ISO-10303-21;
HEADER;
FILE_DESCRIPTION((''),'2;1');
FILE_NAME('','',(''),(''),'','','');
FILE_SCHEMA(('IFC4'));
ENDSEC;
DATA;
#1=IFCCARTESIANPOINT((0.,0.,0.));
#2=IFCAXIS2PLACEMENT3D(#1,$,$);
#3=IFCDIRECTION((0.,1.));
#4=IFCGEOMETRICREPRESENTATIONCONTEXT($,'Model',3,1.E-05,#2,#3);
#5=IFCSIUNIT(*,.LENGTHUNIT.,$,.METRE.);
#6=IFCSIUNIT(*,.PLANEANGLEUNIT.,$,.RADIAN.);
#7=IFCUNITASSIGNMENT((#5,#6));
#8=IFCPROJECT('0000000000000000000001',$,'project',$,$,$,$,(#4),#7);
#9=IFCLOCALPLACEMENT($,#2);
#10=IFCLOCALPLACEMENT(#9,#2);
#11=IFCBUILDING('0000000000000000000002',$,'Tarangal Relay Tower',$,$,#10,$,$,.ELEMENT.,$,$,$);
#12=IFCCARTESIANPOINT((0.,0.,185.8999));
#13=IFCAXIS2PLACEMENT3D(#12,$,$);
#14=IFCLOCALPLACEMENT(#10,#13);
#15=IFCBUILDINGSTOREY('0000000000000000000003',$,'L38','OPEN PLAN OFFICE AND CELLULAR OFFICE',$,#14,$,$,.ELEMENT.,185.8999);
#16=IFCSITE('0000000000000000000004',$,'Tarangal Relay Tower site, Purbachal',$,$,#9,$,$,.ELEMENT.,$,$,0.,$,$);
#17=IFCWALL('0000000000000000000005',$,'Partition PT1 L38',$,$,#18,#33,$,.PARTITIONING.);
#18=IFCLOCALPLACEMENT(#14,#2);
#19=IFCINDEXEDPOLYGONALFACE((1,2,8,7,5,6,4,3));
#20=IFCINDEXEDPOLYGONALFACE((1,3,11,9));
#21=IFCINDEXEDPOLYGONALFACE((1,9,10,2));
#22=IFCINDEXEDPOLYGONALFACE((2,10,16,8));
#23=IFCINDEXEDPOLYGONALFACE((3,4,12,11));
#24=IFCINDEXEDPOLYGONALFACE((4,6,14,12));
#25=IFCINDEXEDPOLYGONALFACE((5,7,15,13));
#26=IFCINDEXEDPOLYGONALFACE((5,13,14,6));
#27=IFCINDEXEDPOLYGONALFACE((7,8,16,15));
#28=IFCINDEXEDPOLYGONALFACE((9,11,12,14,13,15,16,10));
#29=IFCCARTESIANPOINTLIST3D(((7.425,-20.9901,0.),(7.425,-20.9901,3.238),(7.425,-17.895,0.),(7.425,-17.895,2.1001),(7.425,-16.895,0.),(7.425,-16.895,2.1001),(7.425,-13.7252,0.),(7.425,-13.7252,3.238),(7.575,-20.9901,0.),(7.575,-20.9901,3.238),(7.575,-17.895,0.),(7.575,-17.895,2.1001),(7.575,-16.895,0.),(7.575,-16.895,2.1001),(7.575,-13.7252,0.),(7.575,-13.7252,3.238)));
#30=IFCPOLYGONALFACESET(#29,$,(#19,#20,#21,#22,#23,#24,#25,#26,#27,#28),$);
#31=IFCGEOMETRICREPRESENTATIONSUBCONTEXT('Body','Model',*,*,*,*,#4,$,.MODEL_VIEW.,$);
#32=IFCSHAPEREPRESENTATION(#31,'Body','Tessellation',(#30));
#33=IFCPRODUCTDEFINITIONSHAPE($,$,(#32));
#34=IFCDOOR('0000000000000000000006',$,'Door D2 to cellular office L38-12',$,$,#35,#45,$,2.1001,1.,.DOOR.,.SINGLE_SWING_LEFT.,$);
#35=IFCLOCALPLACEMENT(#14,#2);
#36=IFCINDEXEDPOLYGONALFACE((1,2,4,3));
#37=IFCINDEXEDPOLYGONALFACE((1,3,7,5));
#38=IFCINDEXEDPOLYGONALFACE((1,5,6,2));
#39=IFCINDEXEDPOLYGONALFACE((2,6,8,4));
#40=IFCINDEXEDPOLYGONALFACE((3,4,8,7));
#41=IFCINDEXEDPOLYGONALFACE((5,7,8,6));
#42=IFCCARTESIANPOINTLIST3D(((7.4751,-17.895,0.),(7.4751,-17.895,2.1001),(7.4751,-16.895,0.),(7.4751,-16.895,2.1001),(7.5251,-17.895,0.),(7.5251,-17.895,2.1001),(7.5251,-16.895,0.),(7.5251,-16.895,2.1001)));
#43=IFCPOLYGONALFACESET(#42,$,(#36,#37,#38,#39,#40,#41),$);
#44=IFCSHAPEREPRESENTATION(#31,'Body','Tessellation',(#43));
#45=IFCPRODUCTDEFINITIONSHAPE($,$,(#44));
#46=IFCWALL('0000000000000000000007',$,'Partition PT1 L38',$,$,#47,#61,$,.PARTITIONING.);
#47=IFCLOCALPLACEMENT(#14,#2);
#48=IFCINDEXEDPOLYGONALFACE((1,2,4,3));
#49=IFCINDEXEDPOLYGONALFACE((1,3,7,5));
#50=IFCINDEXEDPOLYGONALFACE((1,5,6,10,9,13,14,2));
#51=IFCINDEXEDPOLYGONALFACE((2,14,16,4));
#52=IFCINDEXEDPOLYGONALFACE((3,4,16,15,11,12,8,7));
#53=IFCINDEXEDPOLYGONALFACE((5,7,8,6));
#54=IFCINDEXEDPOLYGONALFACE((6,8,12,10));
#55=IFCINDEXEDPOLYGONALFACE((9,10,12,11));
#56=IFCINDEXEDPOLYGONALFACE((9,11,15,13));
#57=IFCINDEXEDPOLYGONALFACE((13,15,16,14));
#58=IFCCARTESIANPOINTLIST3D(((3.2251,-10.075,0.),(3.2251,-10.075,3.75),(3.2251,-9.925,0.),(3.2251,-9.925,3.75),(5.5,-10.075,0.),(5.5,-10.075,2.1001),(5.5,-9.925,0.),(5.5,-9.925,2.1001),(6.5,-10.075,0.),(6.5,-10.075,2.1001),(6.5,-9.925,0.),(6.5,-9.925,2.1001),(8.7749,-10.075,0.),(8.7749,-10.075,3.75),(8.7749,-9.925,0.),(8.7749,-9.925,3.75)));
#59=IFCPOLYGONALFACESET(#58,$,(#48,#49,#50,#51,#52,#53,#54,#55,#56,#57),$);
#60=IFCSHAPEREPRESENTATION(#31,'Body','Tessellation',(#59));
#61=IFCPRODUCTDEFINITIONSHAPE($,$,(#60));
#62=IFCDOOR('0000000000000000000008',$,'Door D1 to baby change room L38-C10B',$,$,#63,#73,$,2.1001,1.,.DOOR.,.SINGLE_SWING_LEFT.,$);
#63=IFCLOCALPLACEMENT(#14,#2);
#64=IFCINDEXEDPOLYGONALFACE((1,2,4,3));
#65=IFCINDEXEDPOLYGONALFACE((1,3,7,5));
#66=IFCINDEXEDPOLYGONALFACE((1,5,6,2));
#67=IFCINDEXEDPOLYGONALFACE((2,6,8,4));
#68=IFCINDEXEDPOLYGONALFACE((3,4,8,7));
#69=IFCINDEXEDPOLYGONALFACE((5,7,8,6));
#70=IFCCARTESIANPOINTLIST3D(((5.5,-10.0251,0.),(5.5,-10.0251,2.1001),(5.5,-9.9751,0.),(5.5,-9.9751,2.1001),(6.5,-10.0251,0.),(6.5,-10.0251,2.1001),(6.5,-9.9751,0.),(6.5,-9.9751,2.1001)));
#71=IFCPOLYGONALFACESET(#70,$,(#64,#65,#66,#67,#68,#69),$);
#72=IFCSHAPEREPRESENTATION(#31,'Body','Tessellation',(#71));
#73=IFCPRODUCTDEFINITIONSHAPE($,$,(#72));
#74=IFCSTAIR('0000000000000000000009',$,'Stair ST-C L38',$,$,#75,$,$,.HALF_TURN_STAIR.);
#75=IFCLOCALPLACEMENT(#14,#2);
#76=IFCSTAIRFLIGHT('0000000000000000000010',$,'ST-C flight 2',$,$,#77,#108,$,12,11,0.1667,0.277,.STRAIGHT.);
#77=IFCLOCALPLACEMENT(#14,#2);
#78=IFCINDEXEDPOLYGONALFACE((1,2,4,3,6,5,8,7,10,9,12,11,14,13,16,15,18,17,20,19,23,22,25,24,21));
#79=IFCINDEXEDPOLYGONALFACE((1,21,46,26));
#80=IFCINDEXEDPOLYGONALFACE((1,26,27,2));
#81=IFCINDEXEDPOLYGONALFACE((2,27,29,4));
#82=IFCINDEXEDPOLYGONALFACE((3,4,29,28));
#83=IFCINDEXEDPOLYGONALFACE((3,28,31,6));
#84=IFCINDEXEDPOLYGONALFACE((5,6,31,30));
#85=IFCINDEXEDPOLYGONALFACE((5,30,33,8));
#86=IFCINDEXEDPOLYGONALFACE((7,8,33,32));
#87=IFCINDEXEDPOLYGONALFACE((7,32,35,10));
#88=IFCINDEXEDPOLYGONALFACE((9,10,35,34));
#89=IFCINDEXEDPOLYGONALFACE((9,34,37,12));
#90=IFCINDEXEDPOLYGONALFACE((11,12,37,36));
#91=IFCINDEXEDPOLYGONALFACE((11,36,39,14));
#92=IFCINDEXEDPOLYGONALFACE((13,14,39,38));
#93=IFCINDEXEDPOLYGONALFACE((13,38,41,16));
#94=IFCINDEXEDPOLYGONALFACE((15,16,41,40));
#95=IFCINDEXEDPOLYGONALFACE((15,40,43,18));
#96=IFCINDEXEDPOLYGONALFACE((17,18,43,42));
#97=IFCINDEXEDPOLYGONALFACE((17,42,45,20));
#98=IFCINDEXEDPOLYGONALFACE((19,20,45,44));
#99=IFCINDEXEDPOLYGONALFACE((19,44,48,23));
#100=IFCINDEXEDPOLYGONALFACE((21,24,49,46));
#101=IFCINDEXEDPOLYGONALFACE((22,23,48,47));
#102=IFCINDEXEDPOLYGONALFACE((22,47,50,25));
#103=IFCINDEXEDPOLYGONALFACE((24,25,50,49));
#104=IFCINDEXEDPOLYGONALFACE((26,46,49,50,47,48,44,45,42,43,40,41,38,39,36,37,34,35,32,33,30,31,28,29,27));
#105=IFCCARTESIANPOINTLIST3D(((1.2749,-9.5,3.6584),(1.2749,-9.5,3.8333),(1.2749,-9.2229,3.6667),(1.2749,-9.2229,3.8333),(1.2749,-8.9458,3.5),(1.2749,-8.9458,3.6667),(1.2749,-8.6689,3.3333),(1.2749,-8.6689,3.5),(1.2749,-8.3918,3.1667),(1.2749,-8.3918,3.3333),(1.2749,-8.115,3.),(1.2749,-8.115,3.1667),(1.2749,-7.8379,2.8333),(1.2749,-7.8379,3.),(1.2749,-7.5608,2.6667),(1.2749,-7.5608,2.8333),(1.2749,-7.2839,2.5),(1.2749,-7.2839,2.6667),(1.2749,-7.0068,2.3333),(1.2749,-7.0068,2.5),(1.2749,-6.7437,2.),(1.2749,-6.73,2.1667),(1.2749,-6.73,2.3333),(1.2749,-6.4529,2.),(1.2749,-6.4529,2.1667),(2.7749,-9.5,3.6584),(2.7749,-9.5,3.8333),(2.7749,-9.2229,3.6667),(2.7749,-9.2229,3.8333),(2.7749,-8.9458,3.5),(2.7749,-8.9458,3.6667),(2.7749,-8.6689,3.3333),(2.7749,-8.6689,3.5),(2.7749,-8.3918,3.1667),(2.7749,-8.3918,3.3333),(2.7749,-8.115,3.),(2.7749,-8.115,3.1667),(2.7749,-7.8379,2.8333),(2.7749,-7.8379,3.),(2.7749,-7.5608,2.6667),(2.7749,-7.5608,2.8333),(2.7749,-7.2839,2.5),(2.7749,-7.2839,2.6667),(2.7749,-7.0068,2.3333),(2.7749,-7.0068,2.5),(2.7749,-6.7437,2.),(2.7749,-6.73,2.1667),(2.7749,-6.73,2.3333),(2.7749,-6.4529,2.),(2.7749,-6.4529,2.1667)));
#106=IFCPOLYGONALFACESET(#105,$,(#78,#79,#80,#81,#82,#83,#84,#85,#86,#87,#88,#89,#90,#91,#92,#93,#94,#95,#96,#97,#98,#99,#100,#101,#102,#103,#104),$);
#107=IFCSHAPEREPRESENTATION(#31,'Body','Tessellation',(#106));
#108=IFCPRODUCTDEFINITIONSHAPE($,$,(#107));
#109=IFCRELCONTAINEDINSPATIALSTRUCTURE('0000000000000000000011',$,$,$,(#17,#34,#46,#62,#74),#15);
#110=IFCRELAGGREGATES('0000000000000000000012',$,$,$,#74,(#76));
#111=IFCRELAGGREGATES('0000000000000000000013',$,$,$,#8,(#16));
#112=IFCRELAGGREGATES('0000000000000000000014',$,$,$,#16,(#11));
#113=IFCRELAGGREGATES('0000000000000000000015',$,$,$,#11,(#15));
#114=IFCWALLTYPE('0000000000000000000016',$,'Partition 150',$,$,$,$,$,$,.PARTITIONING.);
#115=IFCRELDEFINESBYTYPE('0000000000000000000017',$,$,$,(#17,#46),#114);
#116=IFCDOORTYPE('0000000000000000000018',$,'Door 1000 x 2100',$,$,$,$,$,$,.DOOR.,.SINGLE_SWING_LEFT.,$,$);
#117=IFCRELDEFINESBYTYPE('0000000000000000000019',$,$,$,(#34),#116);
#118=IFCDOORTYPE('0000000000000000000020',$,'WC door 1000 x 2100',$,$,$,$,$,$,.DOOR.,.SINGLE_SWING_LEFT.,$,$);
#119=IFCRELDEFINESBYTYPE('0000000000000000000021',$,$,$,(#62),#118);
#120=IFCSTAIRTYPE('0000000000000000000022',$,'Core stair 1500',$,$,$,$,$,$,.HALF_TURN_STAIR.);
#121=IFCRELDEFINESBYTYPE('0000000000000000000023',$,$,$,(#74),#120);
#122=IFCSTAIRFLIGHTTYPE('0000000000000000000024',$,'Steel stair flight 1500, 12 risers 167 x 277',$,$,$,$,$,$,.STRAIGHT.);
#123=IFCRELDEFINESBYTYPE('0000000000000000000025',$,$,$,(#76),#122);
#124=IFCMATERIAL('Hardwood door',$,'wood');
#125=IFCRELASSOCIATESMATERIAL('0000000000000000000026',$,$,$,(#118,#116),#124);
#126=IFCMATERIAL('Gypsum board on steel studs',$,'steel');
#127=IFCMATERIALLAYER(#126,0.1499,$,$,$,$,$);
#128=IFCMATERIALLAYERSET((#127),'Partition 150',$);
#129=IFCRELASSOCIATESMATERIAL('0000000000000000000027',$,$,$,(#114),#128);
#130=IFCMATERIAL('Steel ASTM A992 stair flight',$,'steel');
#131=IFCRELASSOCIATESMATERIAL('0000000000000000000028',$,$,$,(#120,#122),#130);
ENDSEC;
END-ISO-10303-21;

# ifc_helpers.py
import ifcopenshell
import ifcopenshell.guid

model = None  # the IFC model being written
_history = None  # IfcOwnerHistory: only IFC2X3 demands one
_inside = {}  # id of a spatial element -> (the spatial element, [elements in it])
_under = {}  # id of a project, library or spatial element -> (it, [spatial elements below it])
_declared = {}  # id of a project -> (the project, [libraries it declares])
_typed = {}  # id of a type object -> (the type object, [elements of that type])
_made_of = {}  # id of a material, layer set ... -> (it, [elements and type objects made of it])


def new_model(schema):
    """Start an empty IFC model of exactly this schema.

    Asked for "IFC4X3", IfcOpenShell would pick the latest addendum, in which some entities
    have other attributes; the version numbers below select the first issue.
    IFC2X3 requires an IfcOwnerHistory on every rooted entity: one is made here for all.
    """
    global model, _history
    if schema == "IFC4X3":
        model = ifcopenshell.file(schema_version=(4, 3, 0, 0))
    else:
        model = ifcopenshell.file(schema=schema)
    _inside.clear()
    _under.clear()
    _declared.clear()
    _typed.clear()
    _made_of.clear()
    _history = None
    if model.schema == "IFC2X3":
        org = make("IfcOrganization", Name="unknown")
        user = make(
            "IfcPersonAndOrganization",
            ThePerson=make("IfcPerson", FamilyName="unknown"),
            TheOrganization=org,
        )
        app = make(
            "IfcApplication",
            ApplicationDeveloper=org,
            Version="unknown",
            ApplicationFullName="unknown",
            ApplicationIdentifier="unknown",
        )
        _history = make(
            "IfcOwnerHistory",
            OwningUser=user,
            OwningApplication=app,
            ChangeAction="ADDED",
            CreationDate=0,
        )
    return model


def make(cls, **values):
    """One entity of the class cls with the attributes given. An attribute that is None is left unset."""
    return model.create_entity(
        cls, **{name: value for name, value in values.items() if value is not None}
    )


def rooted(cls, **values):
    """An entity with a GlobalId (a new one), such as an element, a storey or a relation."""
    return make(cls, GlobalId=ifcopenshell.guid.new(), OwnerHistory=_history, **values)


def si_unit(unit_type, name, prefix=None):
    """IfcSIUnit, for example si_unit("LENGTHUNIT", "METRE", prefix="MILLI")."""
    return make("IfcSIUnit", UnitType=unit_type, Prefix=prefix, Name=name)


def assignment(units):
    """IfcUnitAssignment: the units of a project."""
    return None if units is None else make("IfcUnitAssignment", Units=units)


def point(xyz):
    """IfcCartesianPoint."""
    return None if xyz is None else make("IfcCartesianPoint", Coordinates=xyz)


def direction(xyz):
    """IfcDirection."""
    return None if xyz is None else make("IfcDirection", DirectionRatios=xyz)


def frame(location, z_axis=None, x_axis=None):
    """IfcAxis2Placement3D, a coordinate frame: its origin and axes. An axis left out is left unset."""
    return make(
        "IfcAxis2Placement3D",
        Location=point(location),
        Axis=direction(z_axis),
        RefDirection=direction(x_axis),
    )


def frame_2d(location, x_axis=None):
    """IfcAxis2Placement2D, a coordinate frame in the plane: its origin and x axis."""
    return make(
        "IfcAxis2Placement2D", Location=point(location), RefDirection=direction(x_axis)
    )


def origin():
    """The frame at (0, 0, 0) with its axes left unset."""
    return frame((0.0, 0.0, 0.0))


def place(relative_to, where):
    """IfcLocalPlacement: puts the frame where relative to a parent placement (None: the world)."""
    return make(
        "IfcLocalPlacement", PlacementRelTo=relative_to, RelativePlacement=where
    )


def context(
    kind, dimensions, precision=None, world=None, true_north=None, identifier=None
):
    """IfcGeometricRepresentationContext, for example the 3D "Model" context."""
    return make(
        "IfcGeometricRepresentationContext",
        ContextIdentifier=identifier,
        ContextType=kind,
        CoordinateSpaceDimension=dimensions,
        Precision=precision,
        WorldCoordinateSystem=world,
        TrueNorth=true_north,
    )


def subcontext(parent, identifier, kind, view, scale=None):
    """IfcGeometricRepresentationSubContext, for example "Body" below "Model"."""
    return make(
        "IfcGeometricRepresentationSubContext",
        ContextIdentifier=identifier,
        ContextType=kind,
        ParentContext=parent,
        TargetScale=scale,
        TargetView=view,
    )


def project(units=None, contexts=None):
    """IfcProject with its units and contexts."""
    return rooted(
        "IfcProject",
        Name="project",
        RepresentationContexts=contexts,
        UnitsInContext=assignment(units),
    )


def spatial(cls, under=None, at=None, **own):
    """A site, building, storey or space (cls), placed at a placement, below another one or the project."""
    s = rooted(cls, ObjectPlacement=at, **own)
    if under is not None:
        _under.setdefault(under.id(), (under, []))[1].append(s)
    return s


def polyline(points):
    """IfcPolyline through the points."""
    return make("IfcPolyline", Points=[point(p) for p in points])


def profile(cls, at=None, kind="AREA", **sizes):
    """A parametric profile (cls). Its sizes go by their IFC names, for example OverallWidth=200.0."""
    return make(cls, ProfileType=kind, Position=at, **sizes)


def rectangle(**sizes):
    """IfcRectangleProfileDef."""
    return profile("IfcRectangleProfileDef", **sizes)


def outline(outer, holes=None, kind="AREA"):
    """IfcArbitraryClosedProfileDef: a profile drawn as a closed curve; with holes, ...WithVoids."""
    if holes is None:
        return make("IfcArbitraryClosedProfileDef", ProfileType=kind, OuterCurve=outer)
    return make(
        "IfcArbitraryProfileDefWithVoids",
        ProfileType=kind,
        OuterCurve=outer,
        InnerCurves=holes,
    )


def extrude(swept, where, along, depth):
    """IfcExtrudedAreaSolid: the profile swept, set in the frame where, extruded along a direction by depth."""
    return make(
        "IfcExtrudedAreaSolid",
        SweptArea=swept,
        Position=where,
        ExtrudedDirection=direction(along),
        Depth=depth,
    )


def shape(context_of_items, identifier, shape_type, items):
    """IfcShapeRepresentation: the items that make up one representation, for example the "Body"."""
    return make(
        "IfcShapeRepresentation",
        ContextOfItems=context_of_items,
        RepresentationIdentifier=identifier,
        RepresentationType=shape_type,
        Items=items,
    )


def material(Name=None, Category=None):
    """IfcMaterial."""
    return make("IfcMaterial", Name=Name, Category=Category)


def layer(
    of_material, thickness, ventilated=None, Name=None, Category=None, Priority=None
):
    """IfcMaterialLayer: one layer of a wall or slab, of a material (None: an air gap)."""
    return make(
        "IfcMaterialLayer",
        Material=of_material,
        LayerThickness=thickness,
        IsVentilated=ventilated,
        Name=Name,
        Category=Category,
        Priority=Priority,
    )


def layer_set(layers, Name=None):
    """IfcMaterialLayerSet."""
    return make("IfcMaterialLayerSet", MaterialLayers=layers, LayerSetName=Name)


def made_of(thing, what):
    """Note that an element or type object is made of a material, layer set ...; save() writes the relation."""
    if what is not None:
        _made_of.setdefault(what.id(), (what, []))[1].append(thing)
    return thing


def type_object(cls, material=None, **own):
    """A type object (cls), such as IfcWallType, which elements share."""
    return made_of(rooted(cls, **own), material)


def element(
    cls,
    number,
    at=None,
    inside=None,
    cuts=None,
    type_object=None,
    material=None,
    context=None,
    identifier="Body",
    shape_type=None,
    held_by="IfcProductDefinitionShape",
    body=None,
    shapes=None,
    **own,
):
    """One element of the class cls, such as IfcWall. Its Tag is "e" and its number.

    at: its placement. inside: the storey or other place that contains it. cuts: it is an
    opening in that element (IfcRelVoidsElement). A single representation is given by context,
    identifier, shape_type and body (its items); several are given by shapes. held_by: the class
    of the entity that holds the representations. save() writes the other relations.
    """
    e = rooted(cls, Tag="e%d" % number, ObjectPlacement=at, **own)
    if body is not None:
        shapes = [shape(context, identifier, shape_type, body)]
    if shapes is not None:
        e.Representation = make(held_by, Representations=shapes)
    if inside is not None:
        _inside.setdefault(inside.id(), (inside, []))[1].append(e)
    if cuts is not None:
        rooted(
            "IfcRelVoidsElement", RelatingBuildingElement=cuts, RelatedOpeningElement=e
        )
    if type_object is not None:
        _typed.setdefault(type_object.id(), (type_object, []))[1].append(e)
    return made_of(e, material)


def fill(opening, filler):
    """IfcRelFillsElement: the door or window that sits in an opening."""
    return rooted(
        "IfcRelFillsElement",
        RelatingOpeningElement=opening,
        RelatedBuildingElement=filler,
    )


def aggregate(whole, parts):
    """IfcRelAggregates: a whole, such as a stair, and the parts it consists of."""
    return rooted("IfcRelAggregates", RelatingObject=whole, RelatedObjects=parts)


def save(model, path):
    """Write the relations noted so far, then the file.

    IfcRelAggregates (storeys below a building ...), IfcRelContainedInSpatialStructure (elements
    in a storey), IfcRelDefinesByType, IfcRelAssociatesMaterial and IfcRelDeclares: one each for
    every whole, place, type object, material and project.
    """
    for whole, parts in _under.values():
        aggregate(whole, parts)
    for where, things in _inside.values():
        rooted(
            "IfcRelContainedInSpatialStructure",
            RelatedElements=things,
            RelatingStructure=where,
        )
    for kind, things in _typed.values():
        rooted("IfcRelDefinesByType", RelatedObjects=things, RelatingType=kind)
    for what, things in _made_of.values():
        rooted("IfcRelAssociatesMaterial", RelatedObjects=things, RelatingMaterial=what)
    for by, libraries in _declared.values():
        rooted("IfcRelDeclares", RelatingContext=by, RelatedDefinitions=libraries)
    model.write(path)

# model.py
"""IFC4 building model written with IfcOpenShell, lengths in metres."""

from ifc_helpers import new_model, si_unit, direction, frame, frame_2d, origin, place, context, subcontext, project, spatial, polyline, rectangle, outline, extrude, material, layer, layer_set, type_object, element, fill, aggregate, save


model = new_model("IFC4")

# Units and contexts
model_context = context("Model", 3, precision=1e-05, world=origin(), true_north=direction((0.0, 1.0)))
body_context = subcontext(model_context, "Body", "Model", "MODEL_VIEW")
ifc_project = project(units=[si_unit("LENGTHUNIT", "METRE"), si_unit("PLANEANGLEUNIT", "RADIAN")], contexts=[model_context])

# Site, building, storey
site_placement = place(None, origin())
site = spatial("IfcSite", under=ifc_project, at=site_placement, Name="Tarangal Relay Tower site, Purbachal", CompositionType="ELEMENT", RefElevation=0.0)
building_placement = place(site_placement, origin())
building = spatial("IfcBuilding", under=site, at=building_placement, Name="Tarangal Relay Tower", CompositionType="ELEMENT")
storey_placement = place(building_placement, frame((0.0, 0.0, 185.8999)))
storey = spatial("IfcBuildingStorey", under=building, at=storey_placement, Name="L38", Description="OPEN PLAN OFFICE AND CELLULAR OFFICE", CompositionType="ELEMENT", Elevation=185.8999)

# Shared definitions
ifc_material_1 = material(Name="Hardwood door", Category="wood")
door_type_1 = type_object("IfcDoorType", Name="WC door 1000 x 2100", OperationType="SINGLE_SWING_LEFT", PredefinedType="DOOR", material=ifc_material_1)

# Shared definitions
ifc_material_2 = material(Name="Gypsum board on steel studs", Category="steel")
ifc_layer_1 = layer(ifc_material_2, 0.1499)
ifc_layer_set_1 = layer_set([ifc_layer_1], Name="Partition 150")
wall_type_1 = type_object("IfcWallType", Name="Partition 150", PredefinedType="PARTITIONING", material=ifc_layer_set_1)

# Walls, openings, doors
wall_1_placement = place(storey_placement, frame((7.5, -20.99, 0.0), z_axis=(0.0, 0.0, 1.0), x_axis=(0.0, 1.0, 0.0)))
wall_1 = element("IfcWall", 1, at=wall_1_placement, inside=storey, type_object=wall_type_1, Name="Partition PT1 L38", PredefinedType="PARTITIONING", context=body_context, shape_type="SweptSolid", body=[
    extrude(rectangle(XDim=7.2649, YDim=0.1499, at=frame_2d((3.6323, 0.0))), origin(), (0.0, 0.0, 1.0), 3.238),
])
opening_1_placement = place(wall_1_placement, frame((3.095, 0.0, 0.0)))
opening_1 = element("IfcOpeningElement", 2, at=opening_1_placement, cuts=wall_1, PredefinedType="OPENING", context=body_context, shape_type="SweptSolid", body=[
    extrude(rectangle(XDim=1.0, YDim=2.1001, at=frame_2d((0.5, 1.05))), frame((0.0, 0.085, 0.0), z_axis=(0.0, -1.0, 0.0), x_axis=(1.0, 0.0, 0.0)), (0.0, 0.0, 1.0), 0.1699),
])
door_type_2 = type_object("IfcDoorType", Name="Door 1000 x 2100", OperationType="SINGLE_SWING_LEFT", PredefinedType="DOOR", material=ifc_material_1)
door_1_placement = place(opening_1_placement, origin())
door_1 = element("IfcDoor", 3, at=door_1_placement, inside=storey, type_object=door_type_2, Name="Door D2 to cellular office L38-12", OperationType="SINGLE_SWING_LEFT", OverallHeight=2.1001, OverallWidth=1.0, PredefinedType="DOOR", context=body_context, shape_type="SweptSolid", body=[
    extrude(rectangle(XDim=1.0, YDim=2.1001, at=frame_2d((0.5, 1.05))), frame((0.0, 0.0249, 0.0), z_axis=(0.0, -1.0, 0.0), x_axis=(1.0, 0.0, 0.0)), (0.0, 0.0, 1.0), 0.05),
])
fill(opening_1, door_1)
wall_2_placement = place(storey_placement, frame((3.2251, -10.0, 0.0), z_axis=(0.0, 0.0, 1.0), x_axis=(1.0, 0.0, 0.0)))
wall_2 = element("IfcWall", 4, at=wall_2_placement, inside=storey, type_object=wall_type_1, Name="Partition PT1 L38", PredefinedType="PARTITIONING", context=body_context, shape_type="SweptSolid", body=[
    extrude(rectangle(XDim=5.5498, YDim=0.1499, at=frame_2d((2.7749, 0.0))), origin(), (0.0, 0.0, 1.0), 3.75),
])
opening_2_placement = place(wall_2_placement, frame((2.2749, 0.0, 0.0)))
opening_2 = element("IfcOpeningElement", 5, at=opening_2_placement, cuts=wall_2, PredefinedType="OPENING", context=body_context, shape_type="SweptSolid", body=[
    extrude(rectangle(XDim=1.0, YDim=2.1001, at=frame_2d((0.5, 1.05))), frame((0.0, 0.085, 0.0), z_axis=(0.0, -1.0, 0.0), x_axis=(1.0, 0.0, 0.0)), (0.0, 0.0, 1.0), 0.1699),
])
door_2_placement = place(opening_2_placement, origin())
door_2 = element("IfcDoor", 6, at=door_2_placement, inside=storey, type_object=door_type_1, Name="Door D1 to baby change room L38-C10B", OperationType="SINGLE_SWING_LEFT", OverallHeight=2.1001, OverallWidth=1.0, PredefinedType="DOOR", context=body_context, shape_type="SweptSolid", body=[
    extrude(rectangle(XDim=1.0, YDim=2.1001, at=frame_2d((0.5, 1.05))), frame((0.0, 0.0249, 0.0), z_axis=(0.0, -1.0, 0.0), x_axis=(1.0, 0.0, 0.0)), (0.0, 0.0, 1.0), 0.05),
])
fill(opening_2, door_2)

# Stair, stair flight
ifc_material_3 = material(Name="Steel ASTM A992 stair flight", Category="steel")
stair_type = type_object("IfcStairType", Name="Core stair 1500", PredefinedType="HALF_TURN_STAIR", material=ifc_material_3)
stair_placement = place(storey_placement, origin())
stair = element("IfcStair", 7, at=stair_placement, inside=storey, type_object=stair_type, Name="Stair ST-C L38", PredefinedType="HALF_TURN_STAIR")
stair_flight_type = type_object("IfcStairFlightType", Name="Steel stair flight 1500, 12 risers 167 x 277", PredefinedType="STRAIGHT", material=ifc_material_3)
stair_flight_placement = place(storey_placement, frame((2.0249, -6.4529, 2.0), z_axis=(0.0, 0.0, 1.0), x_axis=(0.0, -1.0, 0.0)))
stair_flight = element("IfcStairFlight", 8, at=stair_flight_placement, type_object=stair_flight_type, Name="ST-C flight 2", NumberOfRisers=12, NumberOfTreads=11, PredefinedType="STRAIGHT", RiserHeight=0.1667, TreadLength=0.277, context=body_context, shape_type="SweptSolid", body=[
    extrude(outline(polyline([(0.0, 0.0), (0.0, 0.1667), (0.2771, 0.1667), (0.2771, 0.3333), (0.554, 0.3333), (0.554, 0.5), (0.8311, 0.5), (0.8311, 0.6667), (1.1079, 0.6667), (1.1079, 0.8333), (1.385, 0.8333), (1.385, 1.0), (1.6621, 1.0), (1.6621, 1.1667), (1.939, 1.1667), (1.939, 1.3333), (2.2161, 1.3333), (2.2161, 1.5), (2.4929, 1.5), (2.4929, 1.6667), (2.77, 1.6667), (2.77, 1.8333), (3.0471, 1.8333), (3.0471, 2.0), (3.0471, 1.6584), (0.2908, 0.0), (0.0, 0.0)])), frame((0.0, 0.75, 0.0), z_axis=(0.0, -1.0, 0.0), x_axis=(1.0, 0.0, 0.0)), (0.0, 0.0, 1.0), 1.5),
])
aggregate(stair, [stair_flight])

save(model, "model.ifc")
